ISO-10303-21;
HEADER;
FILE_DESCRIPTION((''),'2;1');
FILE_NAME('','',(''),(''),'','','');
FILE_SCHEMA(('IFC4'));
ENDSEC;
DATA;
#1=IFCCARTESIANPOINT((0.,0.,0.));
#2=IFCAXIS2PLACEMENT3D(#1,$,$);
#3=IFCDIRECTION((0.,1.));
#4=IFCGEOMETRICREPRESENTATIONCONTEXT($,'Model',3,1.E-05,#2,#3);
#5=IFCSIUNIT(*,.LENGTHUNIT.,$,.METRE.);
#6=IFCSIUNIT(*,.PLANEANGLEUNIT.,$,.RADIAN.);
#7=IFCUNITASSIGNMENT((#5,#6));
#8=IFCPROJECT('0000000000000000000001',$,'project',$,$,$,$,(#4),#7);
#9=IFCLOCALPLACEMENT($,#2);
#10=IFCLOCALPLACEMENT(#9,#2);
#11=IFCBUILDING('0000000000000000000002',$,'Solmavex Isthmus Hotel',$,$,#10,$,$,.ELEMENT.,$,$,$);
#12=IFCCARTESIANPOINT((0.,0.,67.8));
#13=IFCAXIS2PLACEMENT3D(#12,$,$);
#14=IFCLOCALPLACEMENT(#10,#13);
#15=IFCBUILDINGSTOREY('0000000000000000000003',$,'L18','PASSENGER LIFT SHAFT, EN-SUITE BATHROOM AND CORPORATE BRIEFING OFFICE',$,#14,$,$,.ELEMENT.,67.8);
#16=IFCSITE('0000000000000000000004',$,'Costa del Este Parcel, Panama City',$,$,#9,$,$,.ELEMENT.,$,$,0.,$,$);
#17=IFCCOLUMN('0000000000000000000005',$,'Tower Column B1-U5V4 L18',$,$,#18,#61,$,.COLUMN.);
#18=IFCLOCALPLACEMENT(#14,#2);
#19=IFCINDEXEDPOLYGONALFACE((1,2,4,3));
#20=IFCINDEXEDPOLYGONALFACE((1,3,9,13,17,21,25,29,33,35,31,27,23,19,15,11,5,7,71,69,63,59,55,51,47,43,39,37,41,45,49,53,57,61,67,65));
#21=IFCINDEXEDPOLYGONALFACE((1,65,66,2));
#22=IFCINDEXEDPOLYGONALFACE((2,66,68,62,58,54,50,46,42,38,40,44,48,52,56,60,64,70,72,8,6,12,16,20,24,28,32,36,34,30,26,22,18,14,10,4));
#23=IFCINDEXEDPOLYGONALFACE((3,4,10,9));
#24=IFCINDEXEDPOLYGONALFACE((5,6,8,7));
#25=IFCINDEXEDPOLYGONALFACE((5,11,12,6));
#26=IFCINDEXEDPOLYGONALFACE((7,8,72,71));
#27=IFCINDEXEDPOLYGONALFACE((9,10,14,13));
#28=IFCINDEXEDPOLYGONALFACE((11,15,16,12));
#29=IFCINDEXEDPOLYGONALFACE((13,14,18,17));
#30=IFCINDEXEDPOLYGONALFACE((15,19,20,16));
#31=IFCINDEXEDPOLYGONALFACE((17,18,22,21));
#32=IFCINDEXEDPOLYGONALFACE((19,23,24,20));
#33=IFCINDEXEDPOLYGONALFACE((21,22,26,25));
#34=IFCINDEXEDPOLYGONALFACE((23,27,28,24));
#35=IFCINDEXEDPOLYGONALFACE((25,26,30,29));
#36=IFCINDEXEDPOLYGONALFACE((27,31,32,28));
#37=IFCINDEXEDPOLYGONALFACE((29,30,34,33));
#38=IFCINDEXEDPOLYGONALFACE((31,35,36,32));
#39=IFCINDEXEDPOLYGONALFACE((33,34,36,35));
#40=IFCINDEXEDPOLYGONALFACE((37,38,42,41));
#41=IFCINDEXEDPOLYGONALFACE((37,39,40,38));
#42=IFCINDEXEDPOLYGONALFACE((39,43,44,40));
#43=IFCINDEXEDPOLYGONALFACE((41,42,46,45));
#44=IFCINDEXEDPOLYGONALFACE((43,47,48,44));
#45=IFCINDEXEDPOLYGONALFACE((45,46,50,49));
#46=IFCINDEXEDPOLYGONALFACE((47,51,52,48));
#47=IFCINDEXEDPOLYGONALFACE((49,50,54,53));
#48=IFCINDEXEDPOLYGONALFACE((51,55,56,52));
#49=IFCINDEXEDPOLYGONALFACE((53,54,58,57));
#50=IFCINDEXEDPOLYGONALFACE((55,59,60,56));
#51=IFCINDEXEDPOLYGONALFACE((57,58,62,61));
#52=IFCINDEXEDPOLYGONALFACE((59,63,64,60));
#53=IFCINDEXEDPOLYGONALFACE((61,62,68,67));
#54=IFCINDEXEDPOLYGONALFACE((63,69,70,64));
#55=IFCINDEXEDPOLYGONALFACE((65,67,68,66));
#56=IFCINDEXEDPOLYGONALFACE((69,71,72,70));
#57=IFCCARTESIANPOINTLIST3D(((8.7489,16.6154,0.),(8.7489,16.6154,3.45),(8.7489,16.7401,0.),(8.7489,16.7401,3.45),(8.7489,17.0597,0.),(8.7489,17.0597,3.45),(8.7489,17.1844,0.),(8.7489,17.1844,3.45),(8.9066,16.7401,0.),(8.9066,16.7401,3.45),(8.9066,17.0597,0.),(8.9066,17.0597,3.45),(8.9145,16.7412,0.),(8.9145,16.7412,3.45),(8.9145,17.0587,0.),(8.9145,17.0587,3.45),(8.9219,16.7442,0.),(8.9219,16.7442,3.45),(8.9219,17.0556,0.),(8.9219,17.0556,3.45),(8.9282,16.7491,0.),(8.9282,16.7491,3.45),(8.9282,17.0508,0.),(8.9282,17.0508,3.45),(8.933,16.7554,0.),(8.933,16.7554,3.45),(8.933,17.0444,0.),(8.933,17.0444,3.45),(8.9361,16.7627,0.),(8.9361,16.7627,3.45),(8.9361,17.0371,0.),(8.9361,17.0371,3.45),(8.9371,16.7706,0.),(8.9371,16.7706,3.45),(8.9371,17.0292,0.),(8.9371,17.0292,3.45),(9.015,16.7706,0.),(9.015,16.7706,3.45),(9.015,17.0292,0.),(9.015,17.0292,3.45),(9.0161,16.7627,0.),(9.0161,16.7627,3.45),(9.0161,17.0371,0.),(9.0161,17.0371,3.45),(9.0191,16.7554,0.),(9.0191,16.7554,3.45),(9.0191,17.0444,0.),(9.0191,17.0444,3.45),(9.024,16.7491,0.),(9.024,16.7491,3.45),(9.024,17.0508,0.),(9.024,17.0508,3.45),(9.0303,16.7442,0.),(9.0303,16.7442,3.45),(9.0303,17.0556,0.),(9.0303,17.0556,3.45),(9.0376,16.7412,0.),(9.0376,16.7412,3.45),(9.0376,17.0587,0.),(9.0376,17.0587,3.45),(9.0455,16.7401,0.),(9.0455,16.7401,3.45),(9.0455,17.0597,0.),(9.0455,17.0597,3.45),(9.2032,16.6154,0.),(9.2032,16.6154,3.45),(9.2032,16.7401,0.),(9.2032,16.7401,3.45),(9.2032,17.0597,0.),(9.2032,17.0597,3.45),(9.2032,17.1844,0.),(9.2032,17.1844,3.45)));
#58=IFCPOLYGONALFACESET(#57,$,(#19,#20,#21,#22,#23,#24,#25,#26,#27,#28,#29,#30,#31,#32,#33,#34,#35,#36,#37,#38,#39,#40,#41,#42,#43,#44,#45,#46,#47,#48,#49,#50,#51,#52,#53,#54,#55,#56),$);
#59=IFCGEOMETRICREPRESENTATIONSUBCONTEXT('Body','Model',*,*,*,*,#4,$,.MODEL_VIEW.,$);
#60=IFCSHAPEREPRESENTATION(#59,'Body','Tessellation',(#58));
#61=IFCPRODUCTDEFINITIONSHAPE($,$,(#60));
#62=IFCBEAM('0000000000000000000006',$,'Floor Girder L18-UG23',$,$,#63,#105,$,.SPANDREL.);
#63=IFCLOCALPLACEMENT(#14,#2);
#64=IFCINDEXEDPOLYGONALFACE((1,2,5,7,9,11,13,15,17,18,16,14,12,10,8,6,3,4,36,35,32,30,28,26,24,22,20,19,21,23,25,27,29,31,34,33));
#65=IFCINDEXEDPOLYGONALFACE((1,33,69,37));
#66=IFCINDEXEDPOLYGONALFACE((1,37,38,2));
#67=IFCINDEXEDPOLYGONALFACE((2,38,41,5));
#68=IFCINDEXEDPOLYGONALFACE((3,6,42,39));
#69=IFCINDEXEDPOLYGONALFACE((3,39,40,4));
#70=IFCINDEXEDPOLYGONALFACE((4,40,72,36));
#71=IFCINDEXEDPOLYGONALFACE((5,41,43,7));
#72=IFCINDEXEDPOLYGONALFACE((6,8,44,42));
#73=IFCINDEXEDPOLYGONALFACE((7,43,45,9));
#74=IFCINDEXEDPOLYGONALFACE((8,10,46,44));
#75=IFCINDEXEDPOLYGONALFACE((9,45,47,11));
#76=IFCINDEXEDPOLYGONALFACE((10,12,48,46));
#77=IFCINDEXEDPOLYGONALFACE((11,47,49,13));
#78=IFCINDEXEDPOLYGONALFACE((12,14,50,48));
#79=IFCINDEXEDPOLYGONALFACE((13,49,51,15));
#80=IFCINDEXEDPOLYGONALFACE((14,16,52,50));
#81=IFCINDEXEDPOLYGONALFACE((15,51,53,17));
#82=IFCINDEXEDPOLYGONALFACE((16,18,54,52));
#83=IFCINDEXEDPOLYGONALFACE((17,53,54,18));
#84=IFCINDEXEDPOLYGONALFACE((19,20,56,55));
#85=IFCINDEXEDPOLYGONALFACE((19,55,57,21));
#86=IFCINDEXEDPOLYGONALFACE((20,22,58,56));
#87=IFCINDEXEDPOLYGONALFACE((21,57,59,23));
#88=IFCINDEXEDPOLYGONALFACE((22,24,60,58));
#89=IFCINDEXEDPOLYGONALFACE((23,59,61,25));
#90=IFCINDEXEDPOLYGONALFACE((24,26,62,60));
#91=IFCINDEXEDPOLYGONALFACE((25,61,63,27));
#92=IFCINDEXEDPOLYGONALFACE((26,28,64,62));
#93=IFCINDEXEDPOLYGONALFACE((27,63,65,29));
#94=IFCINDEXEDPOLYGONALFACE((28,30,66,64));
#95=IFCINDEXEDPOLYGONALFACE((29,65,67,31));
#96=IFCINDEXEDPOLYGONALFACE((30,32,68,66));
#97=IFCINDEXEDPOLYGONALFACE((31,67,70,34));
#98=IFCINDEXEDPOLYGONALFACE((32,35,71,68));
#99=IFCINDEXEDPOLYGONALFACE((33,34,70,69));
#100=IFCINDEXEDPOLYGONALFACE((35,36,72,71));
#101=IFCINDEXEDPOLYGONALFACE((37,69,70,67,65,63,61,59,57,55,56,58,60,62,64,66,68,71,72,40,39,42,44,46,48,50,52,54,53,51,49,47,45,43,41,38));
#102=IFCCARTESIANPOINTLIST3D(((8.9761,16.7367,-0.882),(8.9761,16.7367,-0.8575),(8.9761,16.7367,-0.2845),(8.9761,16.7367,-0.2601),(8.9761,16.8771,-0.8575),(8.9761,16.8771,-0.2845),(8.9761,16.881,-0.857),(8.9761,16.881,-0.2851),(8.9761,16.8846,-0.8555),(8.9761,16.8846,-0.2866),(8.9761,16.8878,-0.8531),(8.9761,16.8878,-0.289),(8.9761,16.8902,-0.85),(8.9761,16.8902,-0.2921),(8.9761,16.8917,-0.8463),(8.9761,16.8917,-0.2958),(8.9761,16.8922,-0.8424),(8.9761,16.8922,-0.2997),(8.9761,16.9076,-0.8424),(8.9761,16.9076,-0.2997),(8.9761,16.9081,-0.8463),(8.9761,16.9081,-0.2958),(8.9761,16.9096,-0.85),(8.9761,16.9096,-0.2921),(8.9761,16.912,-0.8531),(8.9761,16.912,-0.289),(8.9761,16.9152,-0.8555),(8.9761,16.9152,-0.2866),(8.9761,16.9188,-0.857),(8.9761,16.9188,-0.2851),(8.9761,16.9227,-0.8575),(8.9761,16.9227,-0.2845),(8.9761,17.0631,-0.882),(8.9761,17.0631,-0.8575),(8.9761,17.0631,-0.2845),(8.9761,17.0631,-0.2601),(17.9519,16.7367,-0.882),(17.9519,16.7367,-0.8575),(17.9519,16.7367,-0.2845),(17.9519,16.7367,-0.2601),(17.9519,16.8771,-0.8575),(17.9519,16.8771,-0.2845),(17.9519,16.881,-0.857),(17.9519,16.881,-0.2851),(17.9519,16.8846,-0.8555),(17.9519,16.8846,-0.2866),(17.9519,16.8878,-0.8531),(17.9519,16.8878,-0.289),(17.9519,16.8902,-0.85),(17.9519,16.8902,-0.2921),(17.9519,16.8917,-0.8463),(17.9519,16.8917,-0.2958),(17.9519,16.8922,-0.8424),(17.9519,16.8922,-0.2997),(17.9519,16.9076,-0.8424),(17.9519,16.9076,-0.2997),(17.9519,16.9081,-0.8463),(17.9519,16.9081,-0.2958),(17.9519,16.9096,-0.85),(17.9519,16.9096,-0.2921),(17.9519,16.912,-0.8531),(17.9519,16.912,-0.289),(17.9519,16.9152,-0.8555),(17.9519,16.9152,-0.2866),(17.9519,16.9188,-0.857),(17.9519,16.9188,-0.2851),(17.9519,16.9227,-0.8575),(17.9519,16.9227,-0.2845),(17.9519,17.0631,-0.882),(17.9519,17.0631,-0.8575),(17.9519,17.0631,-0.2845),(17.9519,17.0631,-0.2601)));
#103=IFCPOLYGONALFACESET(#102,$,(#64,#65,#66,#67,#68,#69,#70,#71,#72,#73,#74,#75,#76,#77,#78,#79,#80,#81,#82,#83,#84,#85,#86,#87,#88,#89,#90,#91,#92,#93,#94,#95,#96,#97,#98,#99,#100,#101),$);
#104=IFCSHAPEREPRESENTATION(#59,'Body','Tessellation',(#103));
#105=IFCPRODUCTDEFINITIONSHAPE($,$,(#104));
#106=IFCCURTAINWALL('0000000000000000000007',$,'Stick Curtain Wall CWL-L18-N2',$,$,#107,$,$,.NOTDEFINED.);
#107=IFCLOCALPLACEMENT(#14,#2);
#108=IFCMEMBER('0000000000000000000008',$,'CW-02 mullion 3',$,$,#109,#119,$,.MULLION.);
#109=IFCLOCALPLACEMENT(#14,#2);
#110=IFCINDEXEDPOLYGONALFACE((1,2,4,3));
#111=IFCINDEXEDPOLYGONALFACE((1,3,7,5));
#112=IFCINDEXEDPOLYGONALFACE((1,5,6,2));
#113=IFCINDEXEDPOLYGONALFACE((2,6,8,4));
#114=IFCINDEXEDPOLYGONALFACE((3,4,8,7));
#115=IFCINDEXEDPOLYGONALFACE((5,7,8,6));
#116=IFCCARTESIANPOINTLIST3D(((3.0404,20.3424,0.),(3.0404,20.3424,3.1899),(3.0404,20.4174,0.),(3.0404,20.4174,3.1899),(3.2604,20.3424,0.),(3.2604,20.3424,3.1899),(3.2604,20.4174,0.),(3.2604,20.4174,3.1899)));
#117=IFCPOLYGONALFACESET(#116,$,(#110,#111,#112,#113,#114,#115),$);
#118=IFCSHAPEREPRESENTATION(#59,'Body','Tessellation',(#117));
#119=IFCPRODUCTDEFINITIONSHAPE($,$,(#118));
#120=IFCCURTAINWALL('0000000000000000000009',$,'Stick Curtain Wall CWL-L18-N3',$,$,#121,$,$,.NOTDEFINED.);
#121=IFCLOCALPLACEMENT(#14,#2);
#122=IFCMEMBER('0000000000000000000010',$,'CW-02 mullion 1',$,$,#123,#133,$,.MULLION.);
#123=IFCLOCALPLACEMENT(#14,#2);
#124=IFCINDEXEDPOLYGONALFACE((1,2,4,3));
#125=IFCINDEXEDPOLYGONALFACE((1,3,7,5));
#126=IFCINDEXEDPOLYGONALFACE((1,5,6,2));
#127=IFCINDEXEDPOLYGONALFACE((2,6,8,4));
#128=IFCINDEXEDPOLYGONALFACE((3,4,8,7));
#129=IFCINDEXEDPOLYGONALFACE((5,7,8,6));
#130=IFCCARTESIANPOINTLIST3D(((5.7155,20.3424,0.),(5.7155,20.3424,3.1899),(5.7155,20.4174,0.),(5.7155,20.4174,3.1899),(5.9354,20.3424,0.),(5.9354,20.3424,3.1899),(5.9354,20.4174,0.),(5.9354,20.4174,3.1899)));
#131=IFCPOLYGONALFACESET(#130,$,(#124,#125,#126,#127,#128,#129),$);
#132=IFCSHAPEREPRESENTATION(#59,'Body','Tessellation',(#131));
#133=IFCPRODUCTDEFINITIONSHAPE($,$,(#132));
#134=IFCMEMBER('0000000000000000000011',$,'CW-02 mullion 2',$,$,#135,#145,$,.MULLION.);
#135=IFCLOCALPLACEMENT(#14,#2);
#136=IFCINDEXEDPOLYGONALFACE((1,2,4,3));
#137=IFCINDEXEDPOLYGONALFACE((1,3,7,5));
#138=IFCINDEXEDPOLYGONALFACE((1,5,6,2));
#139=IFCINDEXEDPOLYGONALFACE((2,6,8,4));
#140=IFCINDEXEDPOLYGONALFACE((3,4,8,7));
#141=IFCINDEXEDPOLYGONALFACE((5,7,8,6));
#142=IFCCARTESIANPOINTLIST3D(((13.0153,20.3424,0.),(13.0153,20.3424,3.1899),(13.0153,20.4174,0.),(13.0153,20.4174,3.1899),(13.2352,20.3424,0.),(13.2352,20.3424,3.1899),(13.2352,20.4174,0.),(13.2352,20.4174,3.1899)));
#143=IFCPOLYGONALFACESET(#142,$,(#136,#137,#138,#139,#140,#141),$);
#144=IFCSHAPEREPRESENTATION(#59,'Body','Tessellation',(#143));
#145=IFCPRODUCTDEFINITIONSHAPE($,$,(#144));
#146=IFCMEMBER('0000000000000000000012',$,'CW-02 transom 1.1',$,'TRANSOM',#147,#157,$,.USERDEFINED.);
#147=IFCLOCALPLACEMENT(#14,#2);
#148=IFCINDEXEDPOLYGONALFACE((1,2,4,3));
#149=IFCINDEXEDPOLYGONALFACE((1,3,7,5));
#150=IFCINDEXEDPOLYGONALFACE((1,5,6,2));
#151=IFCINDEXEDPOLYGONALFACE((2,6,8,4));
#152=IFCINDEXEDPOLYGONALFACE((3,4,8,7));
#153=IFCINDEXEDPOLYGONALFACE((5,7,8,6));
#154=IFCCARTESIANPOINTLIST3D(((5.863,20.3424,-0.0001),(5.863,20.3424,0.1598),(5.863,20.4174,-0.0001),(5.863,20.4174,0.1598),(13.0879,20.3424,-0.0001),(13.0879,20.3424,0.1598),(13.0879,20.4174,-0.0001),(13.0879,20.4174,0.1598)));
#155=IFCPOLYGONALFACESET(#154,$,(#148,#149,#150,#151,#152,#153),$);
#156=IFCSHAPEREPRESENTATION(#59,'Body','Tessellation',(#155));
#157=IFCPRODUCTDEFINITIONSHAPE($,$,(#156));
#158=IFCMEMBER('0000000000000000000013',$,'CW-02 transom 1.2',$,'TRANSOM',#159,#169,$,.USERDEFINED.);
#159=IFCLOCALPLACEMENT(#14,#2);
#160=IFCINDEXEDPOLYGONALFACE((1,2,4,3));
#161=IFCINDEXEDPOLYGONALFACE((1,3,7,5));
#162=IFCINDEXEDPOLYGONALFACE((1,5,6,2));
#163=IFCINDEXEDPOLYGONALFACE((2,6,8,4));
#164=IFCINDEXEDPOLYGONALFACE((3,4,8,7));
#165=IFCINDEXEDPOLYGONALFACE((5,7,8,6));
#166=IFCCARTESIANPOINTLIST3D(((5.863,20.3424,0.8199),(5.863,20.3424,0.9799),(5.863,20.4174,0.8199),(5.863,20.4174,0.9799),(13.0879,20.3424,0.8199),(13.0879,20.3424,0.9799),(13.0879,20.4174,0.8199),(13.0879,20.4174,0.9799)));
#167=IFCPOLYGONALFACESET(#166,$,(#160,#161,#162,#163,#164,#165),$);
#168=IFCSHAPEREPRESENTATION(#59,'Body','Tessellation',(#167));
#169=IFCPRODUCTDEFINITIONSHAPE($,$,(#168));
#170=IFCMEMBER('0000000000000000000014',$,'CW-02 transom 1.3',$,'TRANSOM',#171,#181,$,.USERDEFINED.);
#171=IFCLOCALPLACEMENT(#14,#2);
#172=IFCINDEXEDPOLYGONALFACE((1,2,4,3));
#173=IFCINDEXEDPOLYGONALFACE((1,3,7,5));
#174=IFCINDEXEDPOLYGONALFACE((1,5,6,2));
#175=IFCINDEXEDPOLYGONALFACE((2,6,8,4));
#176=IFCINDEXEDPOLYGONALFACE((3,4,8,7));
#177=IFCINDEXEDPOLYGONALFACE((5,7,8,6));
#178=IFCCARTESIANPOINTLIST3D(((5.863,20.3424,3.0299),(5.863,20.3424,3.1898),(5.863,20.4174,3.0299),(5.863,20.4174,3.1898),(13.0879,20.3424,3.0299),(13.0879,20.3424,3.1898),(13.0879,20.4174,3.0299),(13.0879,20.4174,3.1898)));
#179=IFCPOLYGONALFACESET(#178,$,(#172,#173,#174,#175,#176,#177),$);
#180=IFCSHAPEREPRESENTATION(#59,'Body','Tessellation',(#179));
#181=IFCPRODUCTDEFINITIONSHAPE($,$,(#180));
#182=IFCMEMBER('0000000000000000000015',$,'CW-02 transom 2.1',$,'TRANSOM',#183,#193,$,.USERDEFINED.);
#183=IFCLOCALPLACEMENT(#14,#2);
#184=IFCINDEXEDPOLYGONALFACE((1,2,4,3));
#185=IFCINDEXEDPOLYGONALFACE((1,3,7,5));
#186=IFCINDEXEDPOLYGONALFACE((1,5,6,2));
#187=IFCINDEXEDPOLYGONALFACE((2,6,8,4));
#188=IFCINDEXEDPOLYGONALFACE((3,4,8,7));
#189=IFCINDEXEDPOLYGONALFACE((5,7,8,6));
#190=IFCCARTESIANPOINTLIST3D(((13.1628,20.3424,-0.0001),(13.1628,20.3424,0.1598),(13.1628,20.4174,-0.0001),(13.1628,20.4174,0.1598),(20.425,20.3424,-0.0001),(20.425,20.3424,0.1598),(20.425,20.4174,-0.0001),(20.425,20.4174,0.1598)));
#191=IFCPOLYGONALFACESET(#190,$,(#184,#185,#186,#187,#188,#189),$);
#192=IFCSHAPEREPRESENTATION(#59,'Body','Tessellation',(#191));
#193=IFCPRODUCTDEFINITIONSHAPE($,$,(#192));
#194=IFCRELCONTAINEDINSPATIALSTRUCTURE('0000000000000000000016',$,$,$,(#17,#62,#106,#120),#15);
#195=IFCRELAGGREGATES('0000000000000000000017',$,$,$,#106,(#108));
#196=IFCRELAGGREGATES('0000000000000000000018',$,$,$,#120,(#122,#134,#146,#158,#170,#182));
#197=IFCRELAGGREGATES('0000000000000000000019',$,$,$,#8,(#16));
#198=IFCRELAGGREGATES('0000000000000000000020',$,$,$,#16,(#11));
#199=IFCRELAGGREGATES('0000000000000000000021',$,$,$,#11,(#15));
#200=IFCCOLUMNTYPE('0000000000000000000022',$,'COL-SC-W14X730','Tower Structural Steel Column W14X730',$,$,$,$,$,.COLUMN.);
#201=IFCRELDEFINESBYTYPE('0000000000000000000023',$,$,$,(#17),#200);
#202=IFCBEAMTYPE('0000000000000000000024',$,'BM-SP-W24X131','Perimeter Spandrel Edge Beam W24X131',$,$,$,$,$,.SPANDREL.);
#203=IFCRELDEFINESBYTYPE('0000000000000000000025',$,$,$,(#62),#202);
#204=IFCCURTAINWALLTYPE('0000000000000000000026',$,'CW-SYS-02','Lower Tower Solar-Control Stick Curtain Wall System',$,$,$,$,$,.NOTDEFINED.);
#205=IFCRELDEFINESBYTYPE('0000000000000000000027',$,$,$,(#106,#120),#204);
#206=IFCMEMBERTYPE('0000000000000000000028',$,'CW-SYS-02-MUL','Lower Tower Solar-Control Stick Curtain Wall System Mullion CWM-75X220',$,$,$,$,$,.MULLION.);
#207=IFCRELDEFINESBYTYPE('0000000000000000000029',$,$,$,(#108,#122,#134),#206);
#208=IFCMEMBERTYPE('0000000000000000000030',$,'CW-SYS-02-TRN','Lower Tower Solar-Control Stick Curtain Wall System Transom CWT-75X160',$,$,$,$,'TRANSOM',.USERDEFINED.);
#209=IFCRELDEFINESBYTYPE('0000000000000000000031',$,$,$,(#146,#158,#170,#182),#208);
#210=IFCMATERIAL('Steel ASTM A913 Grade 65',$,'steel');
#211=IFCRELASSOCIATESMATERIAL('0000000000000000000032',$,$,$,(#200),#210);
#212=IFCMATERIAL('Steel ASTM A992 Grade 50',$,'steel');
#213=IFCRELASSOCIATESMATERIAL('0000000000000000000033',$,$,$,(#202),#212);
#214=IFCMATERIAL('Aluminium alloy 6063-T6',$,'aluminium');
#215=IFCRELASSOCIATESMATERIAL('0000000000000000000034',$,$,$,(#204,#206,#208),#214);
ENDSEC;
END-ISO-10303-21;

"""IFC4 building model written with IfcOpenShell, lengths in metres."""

from ifc_helpers import new_model, si_unit, direction, frame, origin, origin_2d, place, context, subcontext, project, spatial, rectangle, i_section, extrude, material, material_profile, profile_set, type_object, element, aggregate, save


model = new_model("IFC4")

# Units and contexts
model_context = context("Model", 3, precision=1e-05, world=origin(), true_north=direction((0.0, 1.0)))
body_context = subcontext(model_context, "Body", "Model", "MODEL_VIEW")
ifc_project = project(units=[si_unit("LENGTHUNIT", "METRE"), si_unit("PLANEANGLEUNIT", "RADIAN")], contexts=[model_context])

# Site, building, storey
site_placement = place(None, origin())
site = spatial("IfcSite", under=ifc_project, at=site_placement, Name="Costa del Este Parcel, Panama City", CompositionType="ELEMENT", RefElevation=0.0)
building_placement = place(site_placement, origin())
building = spatial("IfcBuilding", under=site, at=building_placement, Name="Solmavex Isthmus Hotel", CompositionType="ELEMENT")
storey_placement = place(building_placement, frame((0.0, 0.0, 67.8)))
storey = spatial("IfcBuildingStorey", under=building, at=storey_placement, Name="L18", Description="PASSENGER LIFT SHAFT, EN-SUITE BATHROOM AND CORPORATE BRIEFING OFFICE", CompositionType="ELEMENT", Elevation=67.8)

# Column
ifc_material_1 = material(Name="Steel ASTM A913 Grade 65", Category="steel")
ifc_material_profile_1 = material_profile(ifc_material_1, i_section(OverallWidth=0.4543, OverallDepth=0.5691, WebThickness=0.0779, FlangeThickness=0.1248, FilletRadius=0.0305, at=origin_2d()), Name="W14X730")
ifc_profile_set_1 = profile_set([ifc_material_profile_1], Name="Steel ASTM A913 Grade 65")
column_type = type_object("IfcColumnType", Name="COL-SC-W14X730", Description="Tower Structural Steel Column W14X730", PredefinedType="COLUMN", material=ifc_profile_set_1)
column_placement = place(storey_placement, frame((8.9761, 16.8999, 0.0), z_axis=(0.0, 0.0, 1.0), x_axis=(1.0, 0.0, 0.0)))
element("IfcColumn", 1, at=column_placement, inside=storey, type_object=column_type, Name="Tower Column B1-U5V4 L18", PredefinedType="COLUMN", context=body_context, shape_type="SweptSolid", body=[
    extrude(i_section(OverallWidth=0.4543, OverallDepth=0.5691, WebThickness=0.0779, FlangeThickness=0.1248, FilletRadius=0.0305, at=origin_2d()), origin(), (0.0, 0.0, 1.0), 3.45),
])

# Beam
ifc_material_2 = material(Name="Steel ASTM A992 Grade 50", Category="steel")
ifc_material_profile_2 = material_profile(ifc_material_2, i_section(OverallWidth=0.3264, OverallDepth=0.6218, WebThickness=0.0154, FlangeThickness=0.0244, FilletRadius=0.0151, at=origin_2d()), Name="W24X131")
ifc_profile_set_2 = profile_set([ifc_material_profile_2], Name="Steel ASTM A992 Grade 50")
beam_type = type_object("IfcBeamType", Name="BM-SP-W24X131", Description="Perimeter Spandrel Edge Beam W24X131", PredefinedType="SPANDREL", material=ifc_profile_set_2)
beam_placement = place(storey_placement, frame((8.9761, 16.8999, -0.571), z_axis=(1.0, 0.0, 0.0), x_axis=(0.0, 1.0, 0.0)))
element("IfcBeam", 2, at=beam_placement, inside=storey, type_object=beam_type, Name="Floor Girder L18-UG23", PredefinedType="SPANDREL", context=body_context, shape_type="SweptSolid", body=[
    extrude(i_section(OverallWidth=0.3264, OverallDepth=0.6218, WebThickness=0.0154, FlangeThickness=0.0244, FilletRadius=0.0151, at=origin_2d()), origin(), (0.0, 0.0, 1.0), 8.9758),
])

# Curtain wall, member
ifc_material_3 = material(Name="Aluminium alloy 6063-T6", Category="aluminium")
curtain_wall_type = type_object("IfcCurtainWallType", Name="CW-SYS-02", Description="Lower Tower Solar-Control Stick Curtain Wall System", PredefinedType="NOTDEFINED", material=ifc_material_3)
curtain_wall_1_placement = place(storey_placement, origin())
curtain_wall_1 = element("IfcCurtainWall", 3, at=curtain_wall_1_placement, inside=storey, type_object=curtain_wall_type, Name="Stick Curtain Wall CWL-L18-N2", PredefinedType="NOTDEFINED")
ifc_material_profile_3 = material_profile(ifc_material_3, rectangle(XDim=0.075, YDim=0.22, at=origin_2d()), Name="CWM-75X220")
ifc_profile_set_3 = profile_set([ifc_material_profile_3], Name="Aluminium alloy 6063-T6")
member_type_1 = type_object("IfcMemberType", Name="CW-SYS-02-MUL", Description="Lower Tower Solar-Control Stick Curtain Wall System Mullion CWM-75X220", PredefinedType="MULLION", material=ifc_profile_set_3)
member_1_placement = place(storey_placement, frame((3.1504, 20.3799, 0.0), z_axis=(0.0, 0.0, 1.0), x_axis=(0.0, 1.0, 0.0)))
member_1 = element("IfcMember", 4, at=member_1_placement, type_object=member_type_1, Name="CW-02 mullion 3", PredefinedType="MULLION", context=body_context, shape_type="SweptSolid", body=[
    extrude(rectangle(XDim=0.075, YDim=0.22, at=origin_2d()), origin(), (0.0, 0.0, 1.0), 3.1899),
])
aggregate(curtain_wall_1, [member_1])

# Curtain wall, members
curtain_wall_2_placement = place(storey_placement, origin())
curtain_wall_2 = element("IfcCurtainWall", 5, at=curtain_wall_2_placement, inside=storey, type_object=curtain_wall_type, Name="Stick Curtain Wall CWL-L18-N3", PredefinedType="NOTDEFINED")
member_2_placement = place(storey_placement, frame((5.8254, 20.3799, 0.0), z_axis=(0.0, 0.0, 1.0), x_axis=(0.0, 1.0, 0.0)))
member_2 = element("IfcMember", 6, at=member_2_placement, type_object=member_type_1, Name="CW-02 mullion 1", PredefinedType="MULLION", context=body_context, shape_type="SweptSolid", body=[
    extrude(rectangle(XDim=0.075, YDim=0.22, at=origin_2d()), origin(), (0.0, 0.0, 1.0), 3.1899),
])
member_3_placement = place(storey_placement, frame((13.1252, 20.3799, 0.0), z_axis=(0.0, 0.0, 1.0), x_axis=(0.0, 1.0, 0.0)))
member_3 = element("IfcMember", 7, at=member_3_placement, type_object=member_type_1, Name="CW-02 mullion 2", PredefinedType="MULLION", context=body_context, shape_type="SweptSolid", body=[
    extrude(rectangle(XDim=0.075, YDim=0.22, at=origin_2d()), origin(), (0.0, 0.0, 1.0), 3.1899),
])
ifc_material_profile_4 = material_profile(ifc_material_3, rectangle(XDim=0.075, YDim=0.1599, at=origin_2d()), Name="CWT-75X160")
ifc_profile_set_4 = profile_set([ifc_material_profile_4], Name="Aluminium alloy 6063-T6")
member_type_2 = type_object("IfcMemberType", Name="CW-SYS-02-TRN", Description="Lower Tower Solar-Control Stick Curtain Wall System Transom CWT-75X160", ElementType="TRANSOM", PredefinedType="USERDEFINED", material=ifc_profile_set_4)
member_4_placement = place(storey_placement, frame((5.863, 20.3799, 0.0798), z_axis=(1.0, 0.0, 0.0), x_axis=(0.0, 1.0, 0.0)))
member_4 = element("IfcMember", 8, at=member_4_placement, type_object=member_type_2, Name="CW-02 transom 1.1", ObjectType="TRANSOM", PredefinedType="USERDEFINED", context=body_context, shape_type="SweptSolid", body=[
    extrude(rectangle(XDim=0.075, YDim=0.1599, at=origin_2d()), origin(), (0.0, 0.0, 1.0), 7.2249),
])
member_5_placement = place(storey_placement, frame((5.863, 20.3799, 0.8999), z_axis=(1.0, 0.0, 0.0), x_axis=(0.0, 1.0, 0.0)))
member_5 = element("IfcMember", 9, at=member_5_placement, type_object=member_type_2, Name="CW-02 transom 1.2", ObjectType="TRANSOM", PredefinedType="USERDEFINED", context=body_context, shape_type="SweptSolid", body=[
    extrude(rectangle(XDim=0.075, YDim=0.1599, at=origin_2d()), origin(), (0.0, 0.0, 1.0), 7.2249),
])
member_6_placement = place(storey_placement, frame((5.863, 20.3799, 3.1099), z_axis=(1.0, 0.0, 0.0), x_axis=(0.0, 1.0, 0.0)))
member_6 = element("IfcMember", 10, at=member_6_placement, type_object=member_type_2, Name="CW-02 transom 1.3", ObjectType="TRANSOM", PredefinedType="USERDEFINED", context=body_context, shape_type="SweptSolid", body=[
    extrude(rectangle(XDim=0.075, YDim=0.1599, at=origin_2d()), origin(), (0.0, 0.0, 1.0), 7.2249),
])
member_7_placement = place(storey_placement, frame((13.1628, 20.3799, 0.0798), z_axis=(1.0, 0.0, 0.0), x_axis=(0.0, 1.0, 0.0)))
member_7 = element("IfcMember", 11, at=member_7_placement, type_object=member_type_2, Name="CW-02 transom 2.1", ObjectType="TRANSOM", PredefinedType="USERDEFINED", context=body_context, shape_type="SweptSolid", body=[
    extrude(rectangle(XDim=0.075, YDim=0.1599, at=origin_2d()), origin(), (0.0, 0.0, 1.0), 7.2622),
])
aggregate(curtain_wall_2, [member_2, member_3, member_4, member_5, member_6, member_7])

save(model, "model.ifc")
